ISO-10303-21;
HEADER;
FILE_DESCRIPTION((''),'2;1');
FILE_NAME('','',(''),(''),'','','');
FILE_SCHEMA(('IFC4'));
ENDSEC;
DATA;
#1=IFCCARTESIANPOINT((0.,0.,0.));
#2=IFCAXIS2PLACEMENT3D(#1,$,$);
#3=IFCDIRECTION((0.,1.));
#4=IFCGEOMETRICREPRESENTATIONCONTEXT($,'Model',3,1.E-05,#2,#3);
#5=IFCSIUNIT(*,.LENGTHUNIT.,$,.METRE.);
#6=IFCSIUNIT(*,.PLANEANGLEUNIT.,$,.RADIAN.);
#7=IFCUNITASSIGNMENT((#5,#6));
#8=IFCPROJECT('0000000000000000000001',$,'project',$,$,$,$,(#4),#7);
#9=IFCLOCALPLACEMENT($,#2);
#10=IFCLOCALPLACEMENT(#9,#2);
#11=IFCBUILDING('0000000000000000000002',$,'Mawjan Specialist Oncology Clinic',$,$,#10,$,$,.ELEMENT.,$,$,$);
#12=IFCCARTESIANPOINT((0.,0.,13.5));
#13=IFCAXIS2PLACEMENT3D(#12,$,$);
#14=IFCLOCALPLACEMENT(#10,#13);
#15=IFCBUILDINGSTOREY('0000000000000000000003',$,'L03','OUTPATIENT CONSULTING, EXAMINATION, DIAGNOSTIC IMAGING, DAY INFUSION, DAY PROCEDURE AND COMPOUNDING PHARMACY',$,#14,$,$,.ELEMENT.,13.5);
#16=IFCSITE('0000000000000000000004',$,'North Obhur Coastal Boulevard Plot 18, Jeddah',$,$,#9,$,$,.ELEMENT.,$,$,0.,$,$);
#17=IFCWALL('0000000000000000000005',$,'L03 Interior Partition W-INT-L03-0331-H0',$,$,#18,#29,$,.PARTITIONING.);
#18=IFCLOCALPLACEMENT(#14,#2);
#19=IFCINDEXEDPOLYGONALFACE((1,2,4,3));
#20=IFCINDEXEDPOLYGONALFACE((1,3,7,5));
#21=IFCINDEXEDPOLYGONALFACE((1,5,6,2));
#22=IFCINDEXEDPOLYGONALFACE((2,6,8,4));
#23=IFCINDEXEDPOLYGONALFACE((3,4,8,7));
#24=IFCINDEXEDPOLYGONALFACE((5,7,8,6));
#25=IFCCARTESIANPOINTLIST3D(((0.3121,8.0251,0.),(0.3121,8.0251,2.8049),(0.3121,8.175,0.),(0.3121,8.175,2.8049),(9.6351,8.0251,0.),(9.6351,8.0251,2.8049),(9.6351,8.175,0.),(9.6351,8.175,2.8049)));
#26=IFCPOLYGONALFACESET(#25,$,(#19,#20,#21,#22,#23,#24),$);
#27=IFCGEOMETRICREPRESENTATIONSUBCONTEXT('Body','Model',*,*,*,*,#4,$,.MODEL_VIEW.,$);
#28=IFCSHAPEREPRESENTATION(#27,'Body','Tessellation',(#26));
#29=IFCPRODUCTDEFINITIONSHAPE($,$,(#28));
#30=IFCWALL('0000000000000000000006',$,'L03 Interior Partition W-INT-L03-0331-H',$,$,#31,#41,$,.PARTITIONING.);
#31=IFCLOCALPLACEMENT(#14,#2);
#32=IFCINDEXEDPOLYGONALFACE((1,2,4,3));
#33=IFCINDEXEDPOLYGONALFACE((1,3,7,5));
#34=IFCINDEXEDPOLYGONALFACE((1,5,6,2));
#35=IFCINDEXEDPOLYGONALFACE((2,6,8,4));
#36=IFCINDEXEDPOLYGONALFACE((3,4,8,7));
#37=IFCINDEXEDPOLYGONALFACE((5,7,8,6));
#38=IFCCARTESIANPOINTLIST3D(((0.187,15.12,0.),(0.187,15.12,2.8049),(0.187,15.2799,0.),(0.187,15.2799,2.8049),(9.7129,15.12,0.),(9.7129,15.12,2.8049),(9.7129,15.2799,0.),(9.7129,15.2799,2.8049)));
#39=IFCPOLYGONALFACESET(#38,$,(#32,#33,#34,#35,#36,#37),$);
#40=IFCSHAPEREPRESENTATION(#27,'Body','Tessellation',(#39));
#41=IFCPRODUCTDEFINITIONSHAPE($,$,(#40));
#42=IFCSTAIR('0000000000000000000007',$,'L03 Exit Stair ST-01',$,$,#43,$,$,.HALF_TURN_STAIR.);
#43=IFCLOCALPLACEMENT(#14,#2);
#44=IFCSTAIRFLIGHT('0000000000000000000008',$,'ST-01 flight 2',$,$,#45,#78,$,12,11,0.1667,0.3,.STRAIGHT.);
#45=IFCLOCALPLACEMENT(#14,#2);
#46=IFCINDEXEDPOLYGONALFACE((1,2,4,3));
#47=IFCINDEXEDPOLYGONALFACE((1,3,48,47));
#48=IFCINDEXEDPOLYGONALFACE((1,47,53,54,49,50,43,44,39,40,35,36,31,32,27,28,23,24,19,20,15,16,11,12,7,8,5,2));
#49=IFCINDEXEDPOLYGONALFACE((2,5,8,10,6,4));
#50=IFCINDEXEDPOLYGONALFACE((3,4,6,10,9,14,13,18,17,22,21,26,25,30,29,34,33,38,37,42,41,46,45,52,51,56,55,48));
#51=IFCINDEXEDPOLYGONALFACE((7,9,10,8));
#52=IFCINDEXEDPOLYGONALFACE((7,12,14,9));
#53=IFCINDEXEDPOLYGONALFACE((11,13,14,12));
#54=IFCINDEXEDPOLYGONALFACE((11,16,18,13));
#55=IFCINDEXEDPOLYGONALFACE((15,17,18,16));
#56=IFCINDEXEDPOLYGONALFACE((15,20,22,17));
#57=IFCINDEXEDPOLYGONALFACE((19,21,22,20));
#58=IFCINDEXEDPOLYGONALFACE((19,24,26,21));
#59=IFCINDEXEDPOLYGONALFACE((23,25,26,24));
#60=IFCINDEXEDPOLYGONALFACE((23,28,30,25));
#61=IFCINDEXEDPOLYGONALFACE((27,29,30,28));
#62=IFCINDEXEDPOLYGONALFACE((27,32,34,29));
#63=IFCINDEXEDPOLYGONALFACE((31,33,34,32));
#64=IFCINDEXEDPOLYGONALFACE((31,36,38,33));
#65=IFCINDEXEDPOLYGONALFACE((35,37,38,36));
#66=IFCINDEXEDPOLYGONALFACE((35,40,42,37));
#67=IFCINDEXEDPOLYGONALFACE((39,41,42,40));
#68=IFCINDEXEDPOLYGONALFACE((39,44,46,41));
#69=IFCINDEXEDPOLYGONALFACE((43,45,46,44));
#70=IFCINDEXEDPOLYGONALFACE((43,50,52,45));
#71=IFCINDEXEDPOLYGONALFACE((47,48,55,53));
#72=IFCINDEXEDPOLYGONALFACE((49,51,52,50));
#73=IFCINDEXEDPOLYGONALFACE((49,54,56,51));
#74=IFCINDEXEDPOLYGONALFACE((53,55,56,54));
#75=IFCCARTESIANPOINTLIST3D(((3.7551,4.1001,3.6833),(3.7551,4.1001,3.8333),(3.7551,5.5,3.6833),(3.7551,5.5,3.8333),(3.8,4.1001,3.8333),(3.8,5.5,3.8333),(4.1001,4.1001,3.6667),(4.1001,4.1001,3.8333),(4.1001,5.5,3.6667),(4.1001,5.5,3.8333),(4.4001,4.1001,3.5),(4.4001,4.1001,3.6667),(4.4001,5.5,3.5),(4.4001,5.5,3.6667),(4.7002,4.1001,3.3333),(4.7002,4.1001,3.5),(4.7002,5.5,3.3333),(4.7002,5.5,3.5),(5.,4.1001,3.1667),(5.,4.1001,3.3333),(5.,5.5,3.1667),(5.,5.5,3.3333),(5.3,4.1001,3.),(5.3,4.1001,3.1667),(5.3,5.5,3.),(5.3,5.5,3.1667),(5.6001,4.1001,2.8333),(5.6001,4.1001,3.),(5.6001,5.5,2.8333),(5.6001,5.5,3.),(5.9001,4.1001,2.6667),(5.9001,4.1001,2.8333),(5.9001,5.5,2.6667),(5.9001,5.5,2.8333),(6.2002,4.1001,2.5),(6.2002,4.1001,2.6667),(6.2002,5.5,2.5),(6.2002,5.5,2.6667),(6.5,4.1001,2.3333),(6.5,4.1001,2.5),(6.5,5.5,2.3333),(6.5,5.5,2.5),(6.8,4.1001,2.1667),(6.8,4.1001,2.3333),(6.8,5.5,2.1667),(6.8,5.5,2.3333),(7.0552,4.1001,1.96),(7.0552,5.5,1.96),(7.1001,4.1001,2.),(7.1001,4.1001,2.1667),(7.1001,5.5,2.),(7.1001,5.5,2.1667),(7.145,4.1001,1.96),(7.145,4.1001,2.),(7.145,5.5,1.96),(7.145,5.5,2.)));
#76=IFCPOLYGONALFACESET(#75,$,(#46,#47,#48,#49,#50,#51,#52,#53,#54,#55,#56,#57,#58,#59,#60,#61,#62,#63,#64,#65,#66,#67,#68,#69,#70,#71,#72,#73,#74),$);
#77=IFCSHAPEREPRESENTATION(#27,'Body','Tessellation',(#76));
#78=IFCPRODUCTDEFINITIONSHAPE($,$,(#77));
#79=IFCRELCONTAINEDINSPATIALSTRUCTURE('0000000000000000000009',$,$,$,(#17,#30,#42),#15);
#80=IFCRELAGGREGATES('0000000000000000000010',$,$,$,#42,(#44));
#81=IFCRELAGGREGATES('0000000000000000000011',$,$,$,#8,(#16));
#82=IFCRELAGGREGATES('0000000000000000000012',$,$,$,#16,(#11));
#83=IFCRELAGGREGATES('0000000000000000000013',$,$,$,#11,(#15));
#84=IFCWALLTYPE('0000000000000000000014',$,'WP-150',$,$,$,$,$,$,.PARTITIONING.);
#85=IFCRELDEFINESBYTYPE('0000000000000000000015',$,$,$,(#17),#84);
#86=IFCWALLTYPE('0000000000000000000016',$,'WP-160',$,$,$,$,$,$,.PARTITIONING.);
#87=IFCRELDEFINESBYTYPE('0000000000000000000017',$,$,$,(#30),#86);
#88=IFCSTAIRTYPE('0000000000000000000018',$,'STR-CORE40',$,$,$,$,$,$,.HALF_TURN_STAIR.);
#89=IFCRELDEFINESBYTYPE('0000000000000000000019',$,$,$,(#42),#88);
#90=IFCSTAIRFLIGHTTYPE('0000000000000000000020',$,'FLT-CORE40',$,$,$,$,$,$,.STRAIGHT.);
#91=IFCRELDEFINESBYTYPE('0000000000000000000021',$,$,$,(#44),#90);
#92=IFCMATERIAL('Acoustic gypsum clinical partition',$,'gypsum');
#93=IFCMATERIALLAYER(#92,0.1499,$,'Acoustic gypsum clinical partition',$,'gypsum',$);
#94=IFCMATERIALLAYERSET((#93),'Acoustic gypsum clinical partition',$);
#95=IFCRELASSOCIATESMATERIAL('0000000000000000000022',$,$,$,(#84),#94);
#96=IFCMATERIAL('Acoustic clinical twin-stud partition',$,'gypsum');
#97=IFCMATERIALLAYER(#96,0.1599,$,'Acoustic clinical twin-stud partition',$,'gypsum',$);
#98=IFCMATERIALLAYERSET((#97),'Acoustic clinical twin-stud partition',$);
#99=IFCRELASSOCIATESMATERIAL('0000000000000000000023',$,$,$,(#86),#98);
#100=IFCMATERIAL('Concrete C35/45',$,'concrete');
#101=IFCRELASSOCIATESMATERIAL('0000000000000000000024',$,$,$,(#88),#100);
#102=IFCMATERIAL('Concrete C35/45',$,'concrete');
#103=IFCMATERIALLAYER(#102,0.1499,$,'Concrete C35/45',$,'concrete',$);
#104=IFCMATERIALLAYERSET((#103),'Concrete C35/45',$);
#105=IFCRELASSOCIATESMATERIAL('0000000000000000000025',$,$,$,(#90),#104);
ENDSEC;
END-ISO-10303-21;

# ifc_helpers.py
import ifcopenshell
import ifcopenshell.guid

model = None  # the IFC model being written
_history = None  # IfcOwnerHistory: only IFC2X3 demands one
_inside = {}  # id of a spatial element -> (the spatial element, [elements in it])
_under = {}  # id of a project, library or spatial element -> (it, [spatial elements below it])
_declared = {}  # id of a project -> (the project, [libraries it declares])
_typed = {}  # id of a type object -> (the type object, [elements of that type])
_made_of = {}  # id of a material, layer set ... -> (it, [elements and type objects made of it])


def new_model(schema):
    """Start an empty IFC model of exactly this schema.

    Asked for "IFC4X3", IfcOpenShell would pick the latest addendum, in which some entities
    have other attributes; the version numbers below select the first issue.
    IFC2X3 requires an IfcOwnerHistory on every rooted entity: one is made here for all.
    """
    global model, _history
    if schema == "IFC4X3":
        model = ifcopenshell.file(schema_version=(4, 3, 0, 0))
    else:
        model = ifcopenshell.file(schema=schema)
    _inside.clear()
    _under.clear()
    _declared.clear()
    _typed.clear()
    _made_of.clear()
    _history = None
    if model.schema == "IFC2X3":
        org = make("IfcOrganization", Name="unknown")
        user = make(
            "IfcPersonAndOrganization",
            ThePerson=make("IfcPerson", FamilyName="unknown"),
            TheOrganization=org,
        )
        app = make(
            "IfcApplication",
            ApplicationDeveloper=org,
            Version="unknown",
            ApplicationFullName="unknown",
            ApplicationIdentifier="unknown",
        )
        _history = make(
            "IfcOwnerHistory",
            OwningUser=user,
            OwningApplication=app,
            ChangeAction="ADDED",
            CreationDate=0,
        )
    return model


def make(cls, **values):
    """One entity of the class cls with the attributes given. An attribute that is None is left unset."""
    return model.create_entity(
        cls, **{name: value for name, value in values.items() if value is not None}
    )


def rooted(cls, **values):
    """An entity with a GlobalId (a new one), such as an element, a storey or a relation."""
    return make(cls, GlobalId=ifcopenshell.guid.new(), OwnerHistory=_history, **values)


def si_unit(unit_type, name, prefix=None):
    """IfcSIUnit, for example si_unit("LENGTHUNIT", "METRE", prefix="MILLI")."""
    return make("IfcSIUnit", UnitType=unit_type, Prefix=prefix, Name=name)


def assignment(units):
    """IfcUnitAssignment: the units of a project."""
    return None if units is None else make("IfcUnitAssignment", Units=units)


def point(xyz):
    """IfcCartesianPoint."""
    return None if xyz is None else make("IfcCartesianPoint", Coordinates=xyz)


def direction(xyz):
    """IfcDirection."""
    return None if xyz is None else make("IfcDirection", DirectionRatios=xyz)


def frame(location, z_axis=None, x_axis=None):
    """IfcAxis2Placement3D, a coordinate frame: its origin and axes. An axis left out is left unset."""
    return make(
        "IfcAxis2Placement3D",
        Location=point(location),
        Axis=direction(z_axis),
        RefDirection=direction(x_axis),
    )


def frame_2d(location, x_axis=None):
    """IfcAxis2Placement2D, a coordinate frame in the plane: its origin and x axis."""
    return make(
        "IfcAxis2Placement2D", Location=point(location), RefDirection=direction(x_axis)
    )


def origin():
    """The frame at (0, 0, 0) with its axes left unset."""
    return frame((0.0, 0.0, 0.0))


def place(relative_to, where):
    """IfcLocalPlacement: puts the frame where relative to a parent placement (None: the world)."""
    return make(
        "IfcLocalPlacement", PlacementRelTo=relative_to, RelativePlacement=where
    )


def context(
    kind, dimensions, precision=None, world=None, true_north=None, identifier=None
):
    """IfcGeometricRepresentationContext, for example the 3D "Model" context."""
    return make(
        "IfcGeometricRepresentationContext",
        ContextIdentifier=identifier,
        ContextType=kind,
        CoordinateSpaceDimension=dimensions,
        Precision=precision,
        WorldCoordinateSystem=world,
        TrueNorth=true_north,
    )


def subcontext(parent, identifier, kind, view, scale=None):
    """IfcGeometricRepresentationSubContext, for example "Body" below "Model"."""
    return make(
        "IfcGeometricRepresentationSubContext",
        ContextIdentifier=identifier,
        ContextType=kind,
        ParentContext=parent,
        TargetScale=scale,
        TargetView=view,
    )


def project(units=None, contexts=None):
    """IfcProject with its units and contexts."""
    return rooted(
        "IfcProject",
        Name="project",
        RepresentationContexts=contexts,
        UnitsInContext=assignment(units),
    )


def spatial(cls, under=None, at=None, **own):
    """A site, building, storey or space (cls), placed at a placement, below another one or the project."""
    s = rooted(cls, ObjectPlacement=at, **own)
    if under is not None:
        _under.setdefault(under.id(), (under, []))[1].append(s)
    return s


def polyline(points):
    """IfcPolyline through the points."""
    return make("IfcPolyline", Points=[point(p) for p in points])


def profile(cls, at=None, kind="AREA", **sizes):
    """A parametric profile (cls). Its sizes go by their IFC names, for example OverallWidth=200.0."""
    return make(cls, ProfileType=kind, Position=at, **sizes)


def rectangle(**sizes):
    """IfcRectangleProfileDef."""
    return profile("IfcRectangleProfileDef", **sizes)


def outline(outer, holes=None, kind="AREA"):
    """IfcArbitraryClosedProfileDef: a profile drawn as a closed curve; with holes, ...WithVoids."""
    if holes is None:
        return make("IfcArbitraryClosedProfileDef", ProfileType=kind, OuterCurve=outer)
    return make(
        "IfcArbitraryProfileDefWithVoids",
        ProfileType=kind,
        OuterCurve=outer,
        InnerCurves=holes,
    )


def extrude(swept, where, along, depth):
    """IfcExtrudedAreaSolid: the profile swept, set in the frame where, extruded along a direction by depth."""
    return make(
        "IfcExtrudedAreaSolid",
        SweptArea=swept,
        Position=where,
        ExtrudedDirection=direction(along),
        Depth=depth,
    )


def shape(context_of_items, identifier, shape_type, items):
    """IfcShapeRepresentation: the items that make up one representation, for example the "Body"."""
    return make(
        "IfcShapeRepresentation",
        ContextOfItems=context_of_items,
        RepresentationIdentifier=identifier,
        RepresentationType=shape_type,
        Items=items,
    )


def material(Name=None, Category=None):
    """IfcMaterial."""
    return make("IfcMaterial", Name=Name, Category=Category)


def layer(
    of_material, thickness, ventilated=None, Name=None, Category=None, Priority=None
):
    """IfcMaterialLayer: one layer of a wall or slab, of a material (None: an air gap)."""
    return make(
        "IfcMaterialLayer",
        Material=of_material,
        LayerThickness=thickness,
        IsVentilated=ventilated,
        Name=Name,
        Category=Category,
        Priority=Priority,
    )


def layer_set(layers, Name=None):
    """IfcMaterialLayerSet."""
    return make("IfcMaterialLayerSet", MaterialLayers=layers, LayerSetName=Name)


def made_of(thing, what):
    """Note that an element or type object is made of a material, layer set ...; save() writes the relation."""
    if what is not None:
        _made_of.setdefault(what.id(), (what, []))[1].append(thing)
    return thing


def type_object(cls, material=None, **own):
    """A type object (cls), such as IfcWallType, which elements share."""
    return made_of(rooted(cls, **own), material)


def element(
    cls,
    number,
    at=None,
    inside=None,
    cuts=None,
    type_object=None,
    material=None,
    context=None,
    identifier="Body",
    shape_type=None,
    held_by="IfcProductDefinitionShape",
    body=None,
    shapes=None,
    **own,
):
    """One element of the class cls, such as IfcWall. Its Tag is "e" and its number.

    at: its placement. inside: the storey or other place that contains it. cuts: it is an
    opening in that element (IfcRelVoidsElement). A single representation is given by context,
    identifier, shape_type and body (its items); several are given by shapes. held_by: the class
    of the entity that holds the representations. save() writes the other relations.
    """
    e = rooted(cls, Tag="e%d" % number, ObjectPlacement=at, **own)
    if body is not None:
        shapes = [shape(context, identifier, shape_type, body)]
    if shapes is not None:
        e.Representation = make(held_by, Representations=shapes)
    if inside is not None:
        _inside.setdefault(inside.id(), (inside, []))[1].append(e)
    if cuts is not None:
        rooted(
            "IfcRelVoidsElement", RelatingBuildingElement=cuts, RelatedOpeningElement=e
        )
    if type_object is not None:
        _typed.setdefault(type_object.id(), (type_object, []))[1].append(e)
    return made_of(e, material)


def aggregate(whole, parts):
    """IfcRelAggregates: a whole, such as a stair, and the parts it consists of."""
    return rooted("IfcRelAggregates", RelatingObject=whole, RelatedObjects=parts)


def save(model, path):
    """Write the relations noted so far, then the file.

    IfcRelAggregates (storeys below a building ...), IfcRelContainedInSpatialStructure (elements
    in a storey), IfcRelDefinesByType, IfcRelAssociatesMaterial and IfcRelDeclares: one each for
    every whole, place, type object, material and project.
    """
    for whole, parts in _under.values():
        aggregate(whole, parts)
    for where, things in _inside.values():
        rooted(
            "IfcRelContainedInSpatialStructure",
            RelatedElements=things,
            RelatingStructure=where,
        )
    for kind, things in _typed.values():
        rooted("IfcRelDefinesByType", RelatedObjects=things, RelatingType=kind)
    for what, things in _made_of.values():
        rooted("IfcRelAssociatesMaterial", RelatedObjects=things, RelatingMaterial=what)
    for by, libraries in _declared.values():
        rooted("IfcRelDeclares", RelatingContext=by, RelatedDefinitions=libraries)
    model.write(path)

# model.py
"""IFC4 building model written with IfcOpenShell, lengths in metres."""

from ifc_helpers import new_model, si_unit, direction, frame, frame_2d, origin, place, context, subcontext, project, spatial, polyline, rectangle, outline, extrude, material, layer, layer_set, type_object, element, aggregate, save


model = new_model("IFC4")

# Units and contexts
model_context = context("Model", 3, precision=1e-05, world=origin(), true_north=direction((0.0, 1.0)))
body_context = subcontext(model_context, "Body", "Model", "MODEL_VIEW")
ifc_project = project(units=[si_unit("LENGTHUNIT", "METRE"), si_unit("PLANEANGLEUNIT", "RADIAN")], contexts=[model_context])

# Site, building, storey
site_placement = place(None, origin())
site = spatial("IfcSite", under=ifc_project, at=site_placement, Name="North Obhur Coastal Boulevard Plot 18, Jeddah", CompositionType="ELEMENT", RefElevation=0.0)
building_placement = place(site_placement, origin())
building = spatial("IfcBuilding", under=site, at=building_placement, Name="Mawjan Specialist Oncology Clinic", CompositionType="ELEMENT")
storey_placement = place(building_placement, frame((0.0, 0.0, 13.5)))
storey = spatial("IfcBuildingStorey", under=building, at=storey_placement, Name="L03", Description="OUTPATIENT CONSULTING, EXAMINATION, DIAGNOSTIC IMAGING, DAY INFUSION, DAY PROCEDURE AND COMPOUNDING PHARMACY", CompositionType="ELEMENT", Elevation=13.5)

# Shared definitions
ifc_material_1 = material(Name="Acoustic gypsum clinical partition", Category="gypsum")
ifc_layer_1 = layer(ifc_material_1, 0.1499, Name="Acoustic gypsum clinical partition", Category="gypsum")
ifc_layer_set_1 = layer_set([ifc_layer_1], Name="Acoustic gypsum clinical partition")
wall_type_1 = type_object("IfcWallType", Name="WP-150", PredefinedType="PARTITIONING", material=ifc_layer_set_1)

# Walls
wall_1_placement = place(storey_placement, frame((0.312, 8.1001, 0.0), z_axis=(0.0, 0.0, 1.0), x_axis=(1.0, 0.0, 0.0)))
element("IfcWall", 1, at=wall_1_placement, inside=storey, type_object=wall_type_1, Name="L03 Interior Partition W-INT-L03-0331-H0", PredefinedType="PARTITIONING", context=body_context, shape_type="SweptSolid", body=[
    extrude(rectangle(XDim=9.323, YDim=0.1499, at=frame_2d((4.6616, 0.0))), origin(), (0.0, 0.0, 1.0), 2.8049),
])
ifc_material_2 = material(Name="Acoustic clinical twin-stud partition", Category="gypsum")
ifc_layer_2 = layer(ifc_material_2, 0.1599, Name="Acoustic clinical twin-stud partition", Category="gypsum")
ifc_layer_set_2 = layer_set([ifc_layer_2], Name="Acoustic clinical twin-stud partition")
wall_type_2 = type_object("IfcWallType", Name="WP-160", PredefinedType="PARTITIONING", material=ifc_layer_set_2)
wall_2_placement = place(storey_placement, frame((0.187, 15.2, 0.0), z_axis=(0.0, 0.0, 1.0), x_axis=(1.0, 0.0, 0.0)))
element("IfcWall", 2, at=wall_2_placement, inside=storey, type_object=wall_type_2, Name="L03 Interior Partition W-INT-L03-0331-H", PredefinedType="PARTITIONING", context=body_context, shape_type="SweptSolid", body=[
    extrude(rectangle(XDim=9.5259, YDim=0.1599, at=frame_2d((4.7629, 0.0))), origin(), (0.0, 0.0, 1.0), 2.8049),
])

# Stair, stair flight
ifc_material_3 = material(Name="Concrete C35/45", Category="concrete")
stair_type = type_object("IfcStairType", Name="STR-CORE40", PredefinedType="HALF_TURN_STAIR", material=ifc_material_3)
stair_placement = place(storey_placement, origin())
stair = element("IfcStair", 3, at=stair_placement, inside=storey, type_object=stair_type, Name="L03 Exit Stair ST-01", PredefinedType="HALF_TURN_STAIR")
ifc_material_4 = material(Name="Concrete C35/45", Category="concrete")
ifc_layer_3 = layer(ifc_material_4, 0.1499, Name="Concrete C35/45", Category="concrete")
ifc_layer_set_3 = layer_set([ifc_layer_3], Name="Concrete C35/45")
stair_flight_type = type_object("IfcStairFlightType", Name="FLT-CORE40", PredefinedType="STRAIGHT", material=ifc_layer_set_3)
stair_flight_placement = place(storey_placement, frame((7.1001, 4.8, 2.0), z_axis=(0.0, 0.0, 1.0), x_axis=(-1.0, 0.0, 0.0)))
stair_flight = element("IfcStairFlight", 4, at=stair_flight_placement, type_object=stair_flight_type, Name="ST-01 flight 2", NumberOfRisers=12, NumberOfTreads=11, PredefinedType="STRAIGHT", RiserHeight=0.1667, TreadLength=0.3, context=body_context, shape_type="SweptSolid", body=[
    extrude(outline(polyline([(-0.0449, -0.04), (-0.0449, 0.0), (0.0, 0.0), (0.0, 0.1667), (0.3, 0.1667), (0.3, 0.3333), (0.6001, 0.3333), (0.6001, 0.5), (0.8999, 0.5), (0.8999, 0.6667), (1.2, 0.6667), (1.2, 0.8333), (1.5, 0.8333), (1.5, 1.0), (1.8, 1.0), (1.8, 1.1667), (2.1001, 1.1667), (2.1001, 1.3333), (2.3999, 1.3333), (2.3999, 1.5), (2.7, 1.5), (2.7, 1.6667), (3.0, 1.6667), (3.0, 1.8333), (3.3, 1.8333), (3.345, 1.8333), (3.345, 1.6833), (0.0449, -0.04), (-0.0449, -0.04)])), frame((0.0, 0.7, 0.0), z_axis=(0.0, -1.0, 0.0), x_axis=(1.0, 0.0, 0.0)), (0.0, 0.0, 1.0), 1.3999),
])
aggregate(stair, [stair_flight])

save(model, "model.ifc")
